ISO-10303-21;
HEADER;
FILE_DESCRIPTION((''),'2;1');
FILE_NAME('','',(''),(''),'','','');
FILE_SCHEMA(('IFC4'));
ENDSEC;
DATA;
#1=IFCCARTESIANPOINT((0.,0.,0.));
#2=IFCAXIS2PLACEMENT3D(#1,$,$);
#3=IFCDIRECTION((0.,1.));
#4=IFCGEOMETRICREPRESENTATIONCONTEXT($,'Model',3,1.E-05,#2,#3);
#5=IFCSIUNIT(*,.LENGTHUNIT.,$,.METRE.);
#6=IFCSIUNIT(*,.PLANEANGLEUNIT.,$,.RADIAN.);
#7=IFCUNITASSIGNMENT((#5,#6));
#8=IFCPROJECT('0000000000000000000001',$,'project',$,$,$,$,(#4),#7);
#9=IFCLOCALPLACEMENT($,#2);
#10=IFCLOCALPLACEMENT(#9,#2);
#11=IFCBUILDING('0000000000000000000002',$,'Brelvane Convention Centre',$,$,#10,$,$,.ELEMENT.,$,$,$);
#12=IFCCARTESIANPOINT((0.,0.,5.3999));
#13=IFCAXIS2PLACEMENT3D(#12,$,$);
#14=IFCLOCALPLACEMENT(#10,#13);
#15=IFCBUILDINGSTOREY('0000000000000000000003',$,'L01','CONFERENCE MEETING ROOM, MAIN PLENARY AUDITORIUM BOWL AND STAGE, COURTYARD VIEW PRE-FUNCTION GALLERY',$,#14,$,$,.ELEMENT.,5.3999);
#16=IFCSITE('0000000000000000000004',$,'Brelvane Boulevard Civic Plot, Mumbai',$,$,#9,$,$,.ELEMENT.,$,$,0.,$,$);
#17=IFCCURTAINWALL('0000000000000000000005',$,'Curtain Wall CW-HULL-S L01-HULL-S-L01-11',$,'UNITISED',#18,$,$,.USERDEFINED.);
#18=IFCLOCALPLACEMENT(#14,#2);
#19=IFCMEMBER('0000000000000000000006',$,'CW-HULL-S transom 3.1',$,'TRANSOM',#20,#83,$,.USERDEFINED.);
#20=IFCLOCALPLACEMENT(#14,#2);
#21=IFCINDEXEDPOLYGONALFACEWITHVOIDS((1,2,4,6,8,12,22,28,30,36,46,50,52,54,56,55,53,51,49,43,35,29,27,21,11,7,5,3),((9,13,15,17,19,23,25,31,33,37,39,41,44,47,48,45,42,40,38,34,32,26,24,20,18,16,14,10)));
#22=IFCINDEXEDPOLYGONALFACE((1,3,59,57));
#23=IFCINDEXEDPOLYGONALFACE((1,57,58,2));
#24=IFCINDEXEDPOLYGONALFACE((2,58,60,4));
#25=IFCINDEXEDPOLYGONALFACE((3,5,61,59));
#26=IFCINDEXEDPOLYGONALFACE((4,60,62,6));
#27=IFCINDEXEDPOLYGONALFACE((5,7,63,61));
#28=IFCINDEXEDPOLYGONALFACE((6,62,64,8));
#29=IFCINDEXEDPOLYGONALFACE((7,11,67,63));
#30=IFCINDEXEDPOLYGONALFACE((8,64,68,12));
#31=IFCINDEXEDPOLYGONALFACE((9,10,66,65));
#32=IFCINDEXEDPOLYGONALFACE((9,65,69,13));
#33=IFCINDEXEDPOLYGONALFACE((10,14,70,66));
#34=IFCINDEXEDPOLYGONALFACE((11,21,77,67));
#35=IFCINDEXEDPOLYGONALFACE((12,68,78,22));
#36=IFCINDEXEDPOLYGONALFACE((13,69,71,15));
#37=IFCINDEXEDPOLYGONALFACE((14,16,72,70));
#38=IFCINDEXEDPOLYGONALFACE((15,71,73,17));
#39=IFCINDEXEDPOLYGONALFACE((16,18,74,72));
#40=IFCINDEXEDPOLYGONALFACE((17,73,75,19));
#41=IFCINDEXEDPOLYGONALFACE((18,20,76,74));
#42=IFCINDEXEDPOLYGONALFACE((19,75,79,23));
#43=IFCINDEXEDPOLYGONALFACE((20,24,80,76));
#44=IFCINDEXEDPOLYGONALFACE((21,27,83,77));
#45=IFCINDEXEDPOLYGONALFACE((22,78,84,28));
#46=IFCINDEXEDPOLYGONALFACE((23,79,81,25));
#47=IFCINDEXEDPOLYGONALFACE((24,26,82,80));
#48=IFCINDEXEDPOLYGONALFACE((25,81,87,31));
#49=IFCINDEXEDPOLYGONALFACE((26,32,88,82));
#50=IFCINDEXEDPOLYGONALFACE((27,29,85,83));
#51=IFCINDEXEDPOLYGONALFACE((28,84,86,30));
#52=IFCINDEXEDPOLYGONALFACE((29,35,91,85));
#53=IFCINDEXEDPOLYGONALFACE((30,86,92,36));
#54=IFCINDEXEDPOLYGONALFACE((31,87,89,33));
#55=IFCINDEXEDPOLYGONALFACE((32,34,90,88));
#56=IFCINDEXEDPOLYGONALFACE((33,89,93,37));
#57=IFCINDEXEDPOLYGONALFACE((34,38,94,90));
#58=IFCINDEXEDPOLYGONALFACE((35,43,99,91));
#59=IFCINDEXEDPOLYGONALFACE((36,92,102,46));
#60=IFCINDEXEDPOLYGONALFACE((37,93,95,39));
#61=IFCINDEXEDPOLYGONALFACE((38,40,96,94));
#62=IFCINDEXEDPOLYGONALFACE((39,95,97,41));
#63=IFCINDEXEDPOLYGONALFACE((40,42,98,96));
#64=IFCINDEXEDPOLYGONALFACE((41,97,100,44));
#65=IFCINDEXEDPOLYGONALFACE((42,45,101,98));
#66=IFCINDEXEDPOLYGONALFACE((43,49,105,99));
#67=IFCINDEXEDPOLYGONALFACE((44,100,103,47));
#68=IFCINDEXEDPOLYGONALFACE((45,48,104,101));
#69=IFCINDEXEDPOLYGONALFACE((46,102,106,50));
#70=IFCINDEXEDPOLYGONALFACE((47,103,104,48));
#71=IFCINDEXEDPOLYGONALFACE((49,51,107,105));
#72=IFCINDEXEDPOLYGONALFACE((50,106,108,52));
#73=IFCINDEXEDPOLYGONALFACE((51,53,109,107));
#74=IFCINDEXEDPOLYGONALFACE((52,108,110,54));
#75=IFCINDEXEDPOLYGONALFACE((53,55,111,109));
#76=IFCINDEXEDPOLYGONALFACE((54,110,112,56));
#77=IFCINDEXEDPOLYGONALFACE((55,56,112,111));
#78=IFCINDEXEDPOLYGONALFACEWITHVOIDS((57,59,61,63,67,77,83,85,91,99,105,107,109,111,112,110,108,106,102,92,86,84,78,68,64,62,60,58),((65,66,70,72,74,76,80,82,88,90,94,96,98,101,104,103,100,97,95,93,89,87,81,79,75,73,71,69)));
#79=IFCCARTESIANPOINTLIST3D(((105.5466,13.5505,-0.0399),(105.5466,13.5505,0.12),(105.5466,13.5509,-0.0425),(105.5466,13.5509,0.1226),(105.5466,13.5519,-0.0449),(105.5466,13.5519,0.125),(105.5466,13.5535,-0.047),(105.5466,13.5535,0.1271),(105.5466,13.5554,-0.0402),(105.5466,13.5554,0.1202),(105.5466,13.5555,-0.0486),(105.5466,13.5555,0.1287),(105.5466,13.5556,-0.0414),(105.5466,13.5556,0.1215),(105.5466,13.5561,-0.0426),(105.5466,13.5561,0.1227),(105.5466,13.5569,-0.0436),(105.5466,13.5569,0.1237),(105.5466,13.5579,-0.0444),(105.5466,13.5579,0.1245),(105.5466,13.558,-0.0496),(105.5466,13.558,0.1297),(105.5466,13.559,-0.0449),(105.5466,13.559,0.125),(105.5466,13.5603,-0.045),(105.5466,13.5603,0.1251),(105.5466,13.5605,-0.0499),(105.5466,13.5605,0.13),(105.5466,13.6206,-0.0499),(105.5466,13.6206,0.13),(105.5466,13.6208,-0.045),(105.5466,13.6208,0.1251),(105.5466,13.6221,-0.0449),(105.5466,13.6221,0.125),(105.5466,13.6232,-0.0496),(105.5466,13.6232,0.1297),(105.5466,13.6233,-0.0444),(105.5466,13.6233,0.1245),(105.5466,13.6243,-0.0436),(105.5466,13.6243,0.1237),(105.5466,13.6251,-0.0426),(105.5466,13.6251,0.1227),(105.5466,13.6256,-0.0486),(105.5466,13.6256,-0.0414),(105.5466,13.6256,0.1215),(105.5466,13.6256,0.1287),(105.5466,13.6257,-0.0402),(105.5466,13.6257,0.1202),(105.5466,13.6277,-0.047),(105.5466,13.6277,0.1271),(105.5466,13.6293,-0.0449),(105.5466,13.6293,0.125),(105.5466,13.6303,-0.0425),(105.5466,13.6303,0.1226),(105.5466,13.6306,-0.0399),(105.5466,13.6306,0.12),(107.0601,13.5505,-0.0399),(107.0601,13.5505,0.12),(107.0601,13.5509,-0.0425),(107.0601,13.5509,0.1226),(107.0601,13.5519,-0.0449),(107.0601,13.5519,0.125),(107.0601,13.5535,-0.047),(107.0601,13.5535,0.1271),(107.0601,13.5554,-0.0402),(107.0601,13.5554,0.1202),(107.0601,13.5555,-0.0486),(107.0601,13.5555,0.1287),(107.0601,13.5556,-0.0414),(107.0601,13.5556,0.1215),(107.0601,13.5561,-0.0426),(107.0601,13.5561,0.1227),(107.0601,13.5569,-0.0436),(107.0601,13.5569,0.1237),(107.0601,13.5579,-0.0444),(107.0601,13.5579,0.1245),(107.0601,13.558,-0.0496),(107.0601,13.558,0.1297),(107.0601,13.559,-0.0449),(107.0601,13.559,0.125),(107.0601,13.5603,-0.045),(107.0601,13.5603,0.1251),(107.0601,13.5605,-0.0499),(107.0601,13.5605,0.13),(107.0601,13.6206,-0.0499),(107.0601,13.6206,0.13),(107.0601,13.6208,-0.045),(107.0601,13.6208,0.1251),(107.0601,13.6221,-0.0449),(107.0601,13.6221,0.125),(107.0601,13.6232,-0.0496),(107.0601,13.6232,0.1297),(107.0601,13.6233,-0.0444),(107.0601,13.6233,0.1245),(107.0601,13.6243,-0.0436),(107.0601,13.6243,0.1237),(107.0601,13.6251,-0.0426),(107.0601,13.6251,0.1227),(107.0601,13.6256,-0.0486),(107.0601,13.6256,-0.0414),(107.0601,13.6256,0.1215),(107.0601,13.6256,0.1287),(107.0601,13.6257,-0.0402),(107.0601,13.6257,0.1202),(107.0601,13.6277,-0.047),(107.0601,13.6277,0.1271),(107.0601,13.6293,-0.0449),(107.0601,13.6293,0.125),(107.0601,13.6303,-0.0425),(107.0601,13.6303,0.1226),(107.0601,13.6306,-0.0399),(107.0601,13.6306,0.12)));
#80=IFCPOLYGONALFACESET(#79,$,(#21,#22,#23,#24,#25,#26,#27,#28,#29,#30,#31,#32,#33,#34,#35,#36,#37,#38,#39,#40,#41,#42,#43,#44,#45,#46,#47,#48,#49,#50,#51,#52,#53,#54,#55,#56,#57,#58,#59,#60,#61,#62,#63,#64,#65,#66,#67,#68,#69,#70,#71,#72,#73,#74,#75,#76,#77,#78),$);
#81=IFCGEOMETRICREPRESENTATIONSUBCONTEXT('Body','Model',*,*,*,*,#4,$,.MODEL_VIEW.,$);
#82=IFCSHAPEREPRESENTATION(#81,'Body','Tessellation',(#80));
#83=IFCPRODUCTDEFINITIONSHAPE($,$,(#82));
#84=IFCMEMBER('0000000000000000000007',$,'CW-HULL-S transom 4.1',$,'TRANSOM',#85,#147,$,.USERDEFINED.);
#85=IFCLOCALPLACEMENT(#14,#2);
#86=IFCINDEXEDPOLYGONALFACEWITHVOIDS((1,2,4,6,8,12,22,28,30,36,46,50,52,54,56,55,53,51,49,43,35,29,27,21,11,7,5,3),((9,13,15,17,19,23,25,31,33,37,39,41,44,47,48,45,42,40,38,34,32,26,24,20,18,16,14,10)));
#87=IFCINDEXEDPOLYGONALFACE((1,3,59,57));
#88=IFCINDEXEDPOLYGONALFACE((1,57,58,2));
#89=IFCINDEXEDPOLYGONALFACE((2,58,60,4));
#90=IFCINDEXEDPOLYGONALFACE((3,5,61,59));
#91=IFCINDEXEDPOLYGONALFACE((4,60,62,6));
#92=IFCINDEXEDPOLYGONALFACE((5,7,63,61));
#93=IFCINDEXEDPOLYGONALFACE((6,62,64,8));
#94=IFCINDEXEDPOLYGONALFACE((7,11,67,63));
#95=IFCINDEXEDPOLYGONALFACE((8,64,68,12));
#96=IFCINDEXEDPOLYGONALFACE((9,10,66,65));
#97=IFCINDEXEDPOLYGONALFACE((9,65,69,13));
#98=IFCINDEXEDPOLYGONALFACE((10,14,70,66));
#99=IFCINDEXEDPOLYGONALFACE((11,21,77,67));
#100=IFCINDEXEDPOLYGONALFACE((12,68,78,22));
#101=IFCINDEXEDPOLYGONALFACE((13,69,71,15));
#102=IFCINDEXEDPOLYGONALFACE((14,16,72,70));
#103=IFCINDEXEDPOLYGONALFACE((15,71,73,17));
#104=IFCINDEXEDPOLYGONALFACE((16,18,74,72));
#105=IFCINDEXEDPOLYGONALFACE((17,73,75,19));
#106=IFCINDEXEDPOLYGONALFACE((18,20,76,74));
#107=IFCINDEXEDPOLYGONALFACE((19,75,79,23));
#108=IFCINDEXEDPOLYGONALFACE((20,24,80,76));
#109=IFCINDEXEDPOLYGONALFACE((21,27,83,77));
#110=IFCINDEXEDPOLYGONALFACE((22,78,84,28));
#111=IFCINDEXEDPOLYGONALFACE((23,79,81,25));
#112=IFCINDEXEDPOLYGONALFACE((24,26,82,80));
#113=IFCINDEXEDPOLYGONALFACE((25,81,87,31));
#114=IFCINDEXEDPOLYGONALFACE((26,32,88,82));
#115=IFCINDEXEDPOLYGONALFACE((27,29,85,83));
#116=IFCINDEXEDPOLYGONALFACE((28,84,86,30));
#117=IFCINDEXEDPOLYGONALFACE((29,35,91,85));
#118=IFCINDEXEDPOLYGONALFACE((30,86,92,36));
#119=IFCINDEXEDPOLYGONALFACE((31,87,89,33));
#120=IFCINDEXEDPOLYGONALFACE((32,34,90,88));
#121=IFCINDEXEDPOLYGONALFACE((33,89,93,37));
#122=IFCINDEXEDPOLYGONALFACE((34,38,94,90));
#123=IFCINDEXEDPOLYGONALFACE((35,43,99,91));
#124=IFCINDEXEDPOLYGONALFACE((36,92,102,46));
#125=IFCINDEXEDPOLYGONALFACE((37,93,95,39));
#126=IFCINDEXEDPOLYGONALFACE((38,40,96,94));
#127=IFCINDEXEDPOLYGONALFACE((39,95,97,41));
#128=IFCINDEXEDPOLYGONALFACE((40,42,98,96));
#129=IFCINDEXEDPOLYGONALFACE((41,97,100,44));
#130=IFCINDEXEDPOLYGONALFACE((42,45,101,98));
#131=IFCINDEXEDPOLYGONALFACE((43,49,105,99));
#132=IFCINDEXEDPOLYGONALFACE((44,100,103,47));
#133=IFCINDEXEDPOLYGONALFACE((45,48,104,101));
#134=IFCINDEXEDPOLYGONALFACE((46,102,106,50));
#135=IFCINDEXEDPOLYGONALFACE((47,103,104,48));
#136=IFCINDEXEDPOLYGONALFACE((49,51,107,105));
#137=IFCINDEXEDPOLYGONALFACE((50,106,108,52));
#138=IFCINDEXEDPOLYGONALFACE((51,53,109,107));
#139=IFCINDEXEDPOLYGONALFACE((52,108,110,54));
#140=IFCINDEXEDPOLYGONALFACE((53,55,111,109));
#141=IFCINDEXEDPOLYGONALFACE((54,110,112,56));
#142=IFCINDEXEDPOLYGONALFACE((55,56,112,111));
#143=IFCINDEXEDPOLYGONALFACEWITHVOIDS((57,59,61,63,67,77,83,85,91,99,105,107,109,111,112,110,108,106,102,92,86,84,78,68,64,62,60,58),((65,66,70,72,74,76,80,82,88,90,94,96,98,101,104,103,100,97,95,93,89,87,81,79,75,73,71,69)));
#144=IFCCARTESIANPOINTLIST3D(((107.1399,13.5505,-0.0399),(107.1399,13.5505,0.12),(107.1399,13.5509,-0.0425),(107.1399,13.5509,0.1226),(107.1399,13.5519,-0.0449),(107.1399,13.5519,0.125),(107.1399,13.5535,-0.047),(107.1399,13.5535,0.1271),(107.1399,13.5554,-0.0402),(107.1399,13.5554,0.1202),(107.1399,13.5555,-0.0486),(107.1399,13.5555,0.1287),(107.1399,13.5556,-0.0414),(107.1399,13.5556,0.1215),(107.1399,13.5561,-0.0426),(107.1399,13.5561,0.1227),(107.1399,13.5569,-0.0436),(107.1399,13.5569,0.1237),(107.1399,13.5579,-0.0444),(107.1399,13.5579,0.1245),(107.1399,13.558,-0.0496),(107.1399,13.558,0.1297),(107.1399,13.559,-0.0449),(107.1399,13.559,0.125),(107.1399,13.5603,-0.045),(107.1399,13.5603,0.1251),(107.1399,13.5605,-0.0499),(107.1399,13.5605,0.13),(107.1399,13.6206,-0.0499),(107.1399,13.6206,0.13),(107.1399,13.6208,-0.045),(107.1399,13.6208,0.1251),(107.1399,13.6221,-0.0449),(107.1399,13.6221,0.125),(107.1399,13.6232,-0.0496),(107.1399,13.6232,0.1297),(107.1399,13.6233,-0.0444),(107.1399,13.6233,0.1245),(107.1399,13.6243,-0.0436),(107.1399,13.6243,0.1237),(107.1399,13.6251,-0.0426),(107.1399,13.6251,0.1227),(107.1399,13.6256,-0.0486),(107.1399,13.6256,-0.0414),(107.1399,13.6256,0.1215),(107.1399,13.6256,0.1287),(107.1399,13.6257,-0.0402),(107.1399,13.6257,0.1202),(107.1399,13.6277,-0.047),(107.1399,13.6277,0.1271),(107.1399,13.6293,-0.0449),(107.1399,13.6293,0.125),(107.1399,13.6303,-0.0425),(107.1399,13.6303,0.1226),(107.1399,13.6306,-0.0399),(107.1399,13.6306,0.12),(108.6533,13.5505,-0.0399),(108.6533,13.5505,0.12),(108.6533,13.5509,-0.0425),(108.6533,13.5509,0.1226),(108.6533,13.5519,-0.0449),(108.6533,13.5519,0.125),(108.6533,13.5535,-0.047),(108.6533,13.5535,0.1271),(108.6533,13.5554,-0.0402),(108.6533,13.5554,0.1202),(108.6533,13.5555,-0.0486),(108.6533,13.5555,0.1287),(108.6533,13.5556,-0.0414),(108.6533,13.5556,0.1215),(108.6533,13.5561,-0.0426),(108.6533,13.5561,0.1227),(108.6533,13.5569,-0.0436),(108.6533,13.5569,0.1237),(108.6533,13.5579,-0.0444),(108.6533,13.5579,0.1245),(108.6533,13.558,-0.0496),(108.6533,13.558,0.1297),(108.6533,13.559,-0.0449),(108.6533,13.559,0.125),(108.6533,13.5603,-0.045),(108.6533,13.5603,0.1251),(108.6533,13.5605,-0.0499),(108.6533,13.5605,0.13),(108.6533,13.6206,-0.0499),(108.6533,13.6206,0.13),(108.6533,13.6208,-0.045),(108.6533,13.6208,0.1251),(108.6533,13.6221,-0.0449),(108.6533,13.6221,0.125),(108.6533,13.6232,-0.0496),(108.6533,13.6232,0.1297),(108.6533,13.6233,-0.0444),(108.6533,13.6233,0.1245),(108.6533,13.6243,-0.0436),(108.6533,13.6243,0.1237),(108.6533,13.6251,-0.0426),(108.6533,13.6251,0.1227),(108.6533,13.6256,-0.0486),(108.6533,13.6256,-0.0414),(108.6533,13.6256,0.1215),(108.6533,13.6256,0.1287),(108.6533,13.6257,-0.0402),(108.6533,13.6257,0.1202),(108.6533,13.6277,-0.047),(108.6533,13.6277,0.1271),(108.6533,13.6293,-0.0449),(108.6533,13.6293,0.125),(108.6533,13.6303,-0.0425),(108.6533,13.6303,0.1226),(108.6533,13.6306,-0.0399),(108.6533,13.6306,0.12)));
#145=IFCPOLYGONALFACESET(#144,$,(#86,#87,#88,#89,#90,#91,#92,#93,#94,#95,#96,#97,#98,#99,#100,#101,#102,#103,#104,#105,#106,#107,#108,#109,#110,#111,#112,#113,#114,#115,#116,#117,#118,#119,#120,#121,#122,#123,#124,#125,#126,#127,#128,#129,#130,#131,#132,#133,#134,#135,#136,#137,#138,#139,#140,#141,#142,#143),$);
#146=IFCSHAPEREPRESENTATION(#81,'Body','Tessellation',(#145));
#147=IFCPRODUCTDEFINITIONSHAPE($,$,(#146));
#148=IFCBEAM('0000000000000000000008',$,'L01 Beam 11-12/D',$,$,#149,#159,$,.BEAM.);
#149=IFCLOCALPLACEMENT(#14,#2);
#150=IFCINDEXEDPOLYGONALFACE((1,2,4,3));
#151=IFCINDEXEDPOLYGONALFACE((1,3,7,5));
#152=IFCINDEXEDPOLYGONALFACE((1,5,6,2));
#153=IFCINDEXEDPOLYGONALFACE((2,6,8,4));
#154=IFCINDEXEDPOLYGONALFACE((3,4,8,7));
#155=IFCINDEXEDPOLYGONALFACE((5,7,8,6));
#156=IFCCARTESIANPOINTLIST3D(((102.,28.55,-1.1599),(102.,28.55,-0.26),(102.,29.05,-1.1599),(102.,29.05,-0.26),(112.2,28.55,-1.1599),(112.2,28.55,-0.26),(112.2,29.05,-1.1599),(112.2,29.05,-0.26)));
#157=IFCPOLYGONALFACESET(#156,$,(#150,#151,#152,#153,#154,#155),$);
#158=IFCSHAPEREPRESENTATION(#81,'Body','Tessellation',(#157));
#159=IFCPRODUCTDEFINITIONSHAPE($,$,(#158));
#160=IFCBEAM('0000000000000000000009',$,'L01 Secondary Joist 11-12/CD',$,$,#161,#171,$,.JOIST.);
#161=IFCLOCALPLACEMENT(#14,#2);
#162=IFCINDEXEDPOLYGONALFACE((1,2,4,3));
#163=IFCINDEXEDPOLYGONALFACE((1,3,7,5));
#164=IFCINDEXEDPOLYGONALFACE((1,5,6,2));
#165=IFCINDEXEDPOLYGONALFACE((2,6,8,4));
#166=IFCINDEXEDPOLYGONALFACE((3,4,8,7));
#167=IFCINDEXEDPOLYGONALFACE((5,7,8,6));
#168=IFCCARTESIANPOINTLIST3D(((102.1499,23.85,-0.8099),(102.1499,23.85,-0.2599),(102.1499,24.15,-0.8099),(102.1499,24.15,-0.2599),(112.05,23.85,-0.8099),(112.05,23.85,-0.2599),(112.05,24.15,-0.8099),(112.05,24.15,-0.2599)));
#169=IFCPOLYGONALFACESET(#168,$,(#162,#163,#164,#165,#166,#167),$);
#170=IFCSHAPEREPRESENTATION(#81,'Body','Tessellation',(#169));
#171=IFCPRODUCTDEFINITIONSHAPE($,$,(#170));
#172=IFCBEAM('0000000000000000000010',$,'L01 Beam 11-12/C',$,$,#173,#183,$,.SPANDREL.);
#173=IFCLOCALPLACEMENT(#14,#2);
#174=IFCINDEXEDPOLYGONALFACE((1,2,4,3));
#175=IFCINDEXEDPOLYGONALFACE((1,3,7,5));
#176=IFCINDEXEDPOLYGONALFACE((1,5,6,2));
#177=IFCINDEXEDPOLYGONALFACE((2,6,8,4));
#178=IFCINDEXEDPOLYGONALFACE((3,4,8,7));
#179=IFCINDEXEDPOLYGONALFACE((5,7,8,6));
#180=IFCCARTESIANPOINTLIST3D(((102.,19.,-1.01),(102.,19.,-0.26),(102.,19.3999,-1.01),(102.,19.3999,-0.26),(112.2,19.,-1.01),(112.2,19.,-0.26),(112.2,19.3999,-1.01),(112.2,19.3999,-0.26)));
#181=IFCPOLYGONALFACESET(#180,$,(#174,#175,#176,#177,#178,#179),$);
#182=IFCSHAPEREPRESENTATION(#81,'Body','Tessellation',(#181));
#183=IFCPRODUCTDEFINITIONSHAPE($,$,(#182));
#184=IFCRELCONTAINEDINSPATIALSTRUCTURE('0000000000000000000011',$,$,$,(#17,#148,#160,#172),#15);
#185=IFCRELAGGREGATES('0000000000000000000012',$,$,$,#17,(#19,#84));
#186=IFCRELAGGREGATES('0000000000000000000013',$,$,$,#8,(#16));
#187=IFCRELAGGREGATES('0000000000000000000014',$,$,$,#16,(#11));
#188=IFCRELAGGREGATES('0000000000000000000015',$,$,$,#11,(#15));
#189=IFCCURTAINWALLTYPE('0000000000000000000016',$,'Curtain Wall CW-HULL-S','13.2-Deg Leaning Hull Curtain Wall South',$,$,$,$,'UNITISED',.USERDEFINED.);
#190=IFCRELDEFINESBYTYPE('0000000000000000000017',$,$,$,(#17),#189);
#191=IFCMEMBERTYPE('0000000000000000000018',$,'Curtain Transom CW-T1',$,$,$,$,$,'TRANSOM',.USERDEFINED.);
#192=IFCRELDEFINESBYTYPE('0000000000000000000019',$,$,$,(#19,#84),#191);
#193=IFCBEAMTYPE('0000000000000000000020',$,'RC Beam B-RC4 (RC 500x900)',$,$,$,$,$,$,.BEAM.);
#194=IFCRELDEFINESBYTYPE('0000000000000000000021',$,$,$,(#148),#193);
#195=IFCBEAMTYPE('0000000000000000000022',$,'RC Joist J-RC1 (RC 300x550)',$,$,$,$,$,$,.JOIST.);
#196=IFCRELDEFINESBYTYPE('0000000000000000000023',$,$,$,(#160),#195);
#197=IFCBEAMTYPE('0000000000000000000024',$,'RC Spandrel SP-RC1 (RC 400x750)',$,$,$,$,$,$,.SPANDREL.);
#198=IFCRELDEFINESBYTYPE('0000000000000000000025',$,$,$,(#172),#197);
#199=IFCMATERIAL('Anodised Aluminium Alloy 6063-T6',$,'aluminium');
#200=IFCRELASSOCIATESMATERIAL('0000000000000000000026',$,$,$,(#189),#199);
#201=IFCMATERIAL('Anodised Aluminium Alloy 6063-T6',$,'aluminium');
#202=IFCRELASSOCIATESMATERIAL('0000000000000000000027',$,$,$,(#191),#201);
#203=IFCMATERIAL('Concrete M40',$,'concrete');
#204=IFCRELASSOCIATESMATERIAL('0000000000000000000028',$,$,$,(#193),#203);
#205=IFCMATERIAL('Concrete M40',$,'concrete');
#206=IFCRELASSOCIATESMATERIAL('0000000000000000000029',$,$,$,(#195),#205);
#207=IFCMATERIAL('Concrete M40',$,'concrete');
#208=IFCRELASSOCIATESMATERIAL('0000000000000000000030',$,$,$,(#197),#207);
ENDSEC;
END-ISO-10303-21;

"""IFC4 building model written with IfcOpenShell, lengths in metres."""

from ifc_helpers import new_model, si_unit, direction, frame, origin, origin_2d, place, context, subcontext, project, spatial, rectangle, hollow_rectangle, extrude, material, material_profile, profile_set, type_object, element, aggregate, save


model = new_model("IFC4")

# Units and contexts
model_context = context("Model", 3, precision=1e-05, world=origin(), true_north=direction((0.0, 1.0)))
body_context = subcontext(model_context, "Body", "Model", "MODEL_VIEW")
ifc_project = project(units=[si_unit("LENGTHUNIT", "METRE"), si_unit("PLANEANGLEUNIT", "RADIAN")], contexts=[model_context])

# Site, building, storey
site_placement = place(None, origin())
site = spatial("IfcSite", under=ifc_project, at=site_placement, Name="Brelvane Boulevard Civic Plot, Mumbai", CompositionType="ELEMENT", RefElevation=0.0)
building_placement = place(site_placement, origin())
building = spatial("IfcBuilding", under=site, at=building_placement, Name="Brelvane Convention Centre", CompositionType="ELEMENT")
storey_placement = place(building_placement, frame((0.0, 0.0, 5.3999)))
storey = spatial("IfcBuildingStorey", under=building, at=storey_placement, Name="L01", Description="CONFERENCE MEETING ROOM, MAIN PLENARY AUDITORIUM BOWL AND STAGE, COURTYARD VIEW PRE-FUNCTION GALLERY", CompositionType="ELEMENT", Elevation=5.3999)

# Curtain wall
ifc_material_1 = material(Name="Anodised Aluminium Alloy 6063-T6", Category="aluminium")
curtain_wall_type = type_object("IfcCurtainWallType", Name="Curtain Wall CW-HULL-S", Description="13.2-Deg Leaning Hull Curtain Wall South", ElementType="UNITISED", PredefinedType="USERDEFINED", material=ifc_material_1)
curtain_wall_1_placement = place(storey_placement, origin())
curtain_wall_1 = element("IfcCurtainWall", 1, at=curtain_wall_1_placement, inside=storey, type_object=curtain_wall_type, Name="Curtain Wall CW-HULL-S L01-HULL-S-L01-11", ObjectType="UNITISED", PredefinedType="USERDEFINED")

# Members
ifc_material_2 = material(Name="Anodised Aluminium Alloy 6063-T6", Category="aluminium")
ifc_material_profile_1 = material_profile(ifc_material_2, hollow_rectangle(XDim=0.0801, YDim=0.1799, WallThickness=0.0049, InnerFilletRadius=0.0049, OuterFilletRadius=0.01, at=origin_2d()), Name="ALU-T 180x80x5.0")
ifc_profile_set_1 = profile_set([ifc_material_profile_1], Name="Anodised Aluminium Alloy 6063-T6")
member_type_1 = type_object("IfcMemberType", Name="Curtain Transom CW-T1", ElementType="TRANSOM", PredefinedType="USERDEFINED", material=ifc_profile_set_1)
member_1_placement = place(storey_placement, frame((105.5466, 13.5906, 0.04), z_axis=(1.0, 0.0, 0.0), x_axis=(0.0, 1.0, 0.0)))
member_1 = element("IfcMember", 2, at=member_1_placement, type_object=member_type_1, Name="CW-HULL-S transom 3.1", ObjectType="TRANSOM", PredefinedType="USERDEFINED", context=body_context, shape_type="SweptSolid", body=[
    extrude(hollow_rectangle(XDim=0.0801, YDim=0.1799, WallThickness=0.0049, InnerFilletRadius=0.0049, OuterFilletRadius=0.01, at=origin_2d()), origin(), (0.0, 0.0, 1.0), 1.5134),
])
member_2_placement = place(storey_placement, frame((107.1399, 13.5906, 0.04), z_axis=(1.0, 0.0, 0.0), x_axis=(0.0, 1.0, 0.0)))
member_2 = element("IfcMember", 3, at=member_2_placement, type_object=member_type_1, Name="CW-HULL-S transom 4.1", ObjectType="TRANSOM", PredefinedType="USERDEFINED", context=body_context, shape_type="SweptSolid", body=[
    extrude(hollow_rectangle(XDim=0.0801, YDim=0.1799, WallThickness=0.0049, InnerFilletRadius=0.0049, OuterFilletRadius=0.01, at=origin_2d()), origin(), (0.0, 0.0, 1.0), 1.5134),
])

# Beams
ifc_material_3 = material(Name="Concrete M40", Category="concrete")
ifc_material_profile_2 = material_profile(ifc_material_3, rectangle(XDim=0.5, YDim=0.8999, at=origin_2d()), Name="RC 500x900")
ifc_profile_set_2 = profile_set([ifc_material_profile_2], Name="Concrete M40")
beam_type_1 = type_object("IfcBeamType", Name="RC Beam B-RC4 (RC 500x900)", PredefinedType="BEAM", material=ifc_profile_set_2)
beam_1_placement = place(storey_placement, frame((102.0, 28.8, -0.71), z_axis=(1.0, 0.0, 0.0), x_axis=(0.0, 1.0, 0.0)))
element("IfcBeam", 4, at=beam_1_placement, inside=storey, type_object=beam_type_1, Name="L01 Beam 11-12/D", PredefinedType="BEAM", context=body_context, shape_type="SweptSolid", body=[
    extrude(rectangle(XDim=0.5, YDim=0.8999, at=origin_2d()), origin(), (0.0, 0.0, 1.0), 10.2),
])
ifc_material_4 = material(Name="Concrete M40", Category="concrete")
ifc_material_profile_3 = material_profile(ifc_material_4, rectangle(XDim=0.3, YDim=0.55, at=origin_2d()), Name="RC 300x550")
ifc_profile_set_3 = profile_set([ifc_material_profile_3], Name="Concrete M40")
beam_type_2 = type_object("IfcBeamType", Name="RC Joist J-RC1 (RC 300x550)", PredefinedType="JOIST", material=ifc_profile_set_3)
beam_2_placement = place(storey_placement, frame((102.1499, 24.0, -0.5349), z_axis=(1.0, 0.0, 0.0), x_axis=(0.0, 1.0, 0.0)))
element("IfcBeam", 5, at=beam_2_placement, inside=storey, type_object=beam_type_2, Name="L01 Secondary Joist 11-12/CD", PredefinedType="JOIST", context=body_context, shape_type="SweptSolid", body=[
    extrude(rectangle(XDim=0.3, YDim=0.55, at=origin_2d()), origin(), (0.0, 0.0, 1.0), 9.9001),
])
ifc_material_5 = material(Name="Concrete M40", Category="concrete")
ifc_material_profile_4 = material_profile(ifc_material_5, rectangle(XDim=0.3999, YDim=0.75, at=origin_2d()), Name="RC 400x750")
ifc_profile_set_4 = profile_set([ifc_material_profile_4], Name="Concrete M40")
beam_type_3 = type_object("IfcBeamType", Name="RC Spandrel SP-RC1 (RC 400x750)", PredefinedType="SPANDREL", material=ifc_profile_set_4)
beam_3_placement = place(storey_placement, frame((102.0, 19.2, -0.635), z_axis=(1.0, 0.0, 0.0), x_axis=(0.0, 1.0, 0.0)))
element("IfcBeam", 6, at=beam_3_placement, inside=storey, type_object=beam_type_3, Name="L01 Beam 11-12/C", PredefinedType="SPANDREL", context=body_context, shape_type="SweptSolid", body=[
    extrude(rectangle(XDim=0.3999, YDim=0.75, at=origin_2d()), origin(), (0.0, 0.0, 1.0), 10.2),
])

aggregate(curtain_wall_1, [member_1, member_2])

save(model, "model.ifc")
